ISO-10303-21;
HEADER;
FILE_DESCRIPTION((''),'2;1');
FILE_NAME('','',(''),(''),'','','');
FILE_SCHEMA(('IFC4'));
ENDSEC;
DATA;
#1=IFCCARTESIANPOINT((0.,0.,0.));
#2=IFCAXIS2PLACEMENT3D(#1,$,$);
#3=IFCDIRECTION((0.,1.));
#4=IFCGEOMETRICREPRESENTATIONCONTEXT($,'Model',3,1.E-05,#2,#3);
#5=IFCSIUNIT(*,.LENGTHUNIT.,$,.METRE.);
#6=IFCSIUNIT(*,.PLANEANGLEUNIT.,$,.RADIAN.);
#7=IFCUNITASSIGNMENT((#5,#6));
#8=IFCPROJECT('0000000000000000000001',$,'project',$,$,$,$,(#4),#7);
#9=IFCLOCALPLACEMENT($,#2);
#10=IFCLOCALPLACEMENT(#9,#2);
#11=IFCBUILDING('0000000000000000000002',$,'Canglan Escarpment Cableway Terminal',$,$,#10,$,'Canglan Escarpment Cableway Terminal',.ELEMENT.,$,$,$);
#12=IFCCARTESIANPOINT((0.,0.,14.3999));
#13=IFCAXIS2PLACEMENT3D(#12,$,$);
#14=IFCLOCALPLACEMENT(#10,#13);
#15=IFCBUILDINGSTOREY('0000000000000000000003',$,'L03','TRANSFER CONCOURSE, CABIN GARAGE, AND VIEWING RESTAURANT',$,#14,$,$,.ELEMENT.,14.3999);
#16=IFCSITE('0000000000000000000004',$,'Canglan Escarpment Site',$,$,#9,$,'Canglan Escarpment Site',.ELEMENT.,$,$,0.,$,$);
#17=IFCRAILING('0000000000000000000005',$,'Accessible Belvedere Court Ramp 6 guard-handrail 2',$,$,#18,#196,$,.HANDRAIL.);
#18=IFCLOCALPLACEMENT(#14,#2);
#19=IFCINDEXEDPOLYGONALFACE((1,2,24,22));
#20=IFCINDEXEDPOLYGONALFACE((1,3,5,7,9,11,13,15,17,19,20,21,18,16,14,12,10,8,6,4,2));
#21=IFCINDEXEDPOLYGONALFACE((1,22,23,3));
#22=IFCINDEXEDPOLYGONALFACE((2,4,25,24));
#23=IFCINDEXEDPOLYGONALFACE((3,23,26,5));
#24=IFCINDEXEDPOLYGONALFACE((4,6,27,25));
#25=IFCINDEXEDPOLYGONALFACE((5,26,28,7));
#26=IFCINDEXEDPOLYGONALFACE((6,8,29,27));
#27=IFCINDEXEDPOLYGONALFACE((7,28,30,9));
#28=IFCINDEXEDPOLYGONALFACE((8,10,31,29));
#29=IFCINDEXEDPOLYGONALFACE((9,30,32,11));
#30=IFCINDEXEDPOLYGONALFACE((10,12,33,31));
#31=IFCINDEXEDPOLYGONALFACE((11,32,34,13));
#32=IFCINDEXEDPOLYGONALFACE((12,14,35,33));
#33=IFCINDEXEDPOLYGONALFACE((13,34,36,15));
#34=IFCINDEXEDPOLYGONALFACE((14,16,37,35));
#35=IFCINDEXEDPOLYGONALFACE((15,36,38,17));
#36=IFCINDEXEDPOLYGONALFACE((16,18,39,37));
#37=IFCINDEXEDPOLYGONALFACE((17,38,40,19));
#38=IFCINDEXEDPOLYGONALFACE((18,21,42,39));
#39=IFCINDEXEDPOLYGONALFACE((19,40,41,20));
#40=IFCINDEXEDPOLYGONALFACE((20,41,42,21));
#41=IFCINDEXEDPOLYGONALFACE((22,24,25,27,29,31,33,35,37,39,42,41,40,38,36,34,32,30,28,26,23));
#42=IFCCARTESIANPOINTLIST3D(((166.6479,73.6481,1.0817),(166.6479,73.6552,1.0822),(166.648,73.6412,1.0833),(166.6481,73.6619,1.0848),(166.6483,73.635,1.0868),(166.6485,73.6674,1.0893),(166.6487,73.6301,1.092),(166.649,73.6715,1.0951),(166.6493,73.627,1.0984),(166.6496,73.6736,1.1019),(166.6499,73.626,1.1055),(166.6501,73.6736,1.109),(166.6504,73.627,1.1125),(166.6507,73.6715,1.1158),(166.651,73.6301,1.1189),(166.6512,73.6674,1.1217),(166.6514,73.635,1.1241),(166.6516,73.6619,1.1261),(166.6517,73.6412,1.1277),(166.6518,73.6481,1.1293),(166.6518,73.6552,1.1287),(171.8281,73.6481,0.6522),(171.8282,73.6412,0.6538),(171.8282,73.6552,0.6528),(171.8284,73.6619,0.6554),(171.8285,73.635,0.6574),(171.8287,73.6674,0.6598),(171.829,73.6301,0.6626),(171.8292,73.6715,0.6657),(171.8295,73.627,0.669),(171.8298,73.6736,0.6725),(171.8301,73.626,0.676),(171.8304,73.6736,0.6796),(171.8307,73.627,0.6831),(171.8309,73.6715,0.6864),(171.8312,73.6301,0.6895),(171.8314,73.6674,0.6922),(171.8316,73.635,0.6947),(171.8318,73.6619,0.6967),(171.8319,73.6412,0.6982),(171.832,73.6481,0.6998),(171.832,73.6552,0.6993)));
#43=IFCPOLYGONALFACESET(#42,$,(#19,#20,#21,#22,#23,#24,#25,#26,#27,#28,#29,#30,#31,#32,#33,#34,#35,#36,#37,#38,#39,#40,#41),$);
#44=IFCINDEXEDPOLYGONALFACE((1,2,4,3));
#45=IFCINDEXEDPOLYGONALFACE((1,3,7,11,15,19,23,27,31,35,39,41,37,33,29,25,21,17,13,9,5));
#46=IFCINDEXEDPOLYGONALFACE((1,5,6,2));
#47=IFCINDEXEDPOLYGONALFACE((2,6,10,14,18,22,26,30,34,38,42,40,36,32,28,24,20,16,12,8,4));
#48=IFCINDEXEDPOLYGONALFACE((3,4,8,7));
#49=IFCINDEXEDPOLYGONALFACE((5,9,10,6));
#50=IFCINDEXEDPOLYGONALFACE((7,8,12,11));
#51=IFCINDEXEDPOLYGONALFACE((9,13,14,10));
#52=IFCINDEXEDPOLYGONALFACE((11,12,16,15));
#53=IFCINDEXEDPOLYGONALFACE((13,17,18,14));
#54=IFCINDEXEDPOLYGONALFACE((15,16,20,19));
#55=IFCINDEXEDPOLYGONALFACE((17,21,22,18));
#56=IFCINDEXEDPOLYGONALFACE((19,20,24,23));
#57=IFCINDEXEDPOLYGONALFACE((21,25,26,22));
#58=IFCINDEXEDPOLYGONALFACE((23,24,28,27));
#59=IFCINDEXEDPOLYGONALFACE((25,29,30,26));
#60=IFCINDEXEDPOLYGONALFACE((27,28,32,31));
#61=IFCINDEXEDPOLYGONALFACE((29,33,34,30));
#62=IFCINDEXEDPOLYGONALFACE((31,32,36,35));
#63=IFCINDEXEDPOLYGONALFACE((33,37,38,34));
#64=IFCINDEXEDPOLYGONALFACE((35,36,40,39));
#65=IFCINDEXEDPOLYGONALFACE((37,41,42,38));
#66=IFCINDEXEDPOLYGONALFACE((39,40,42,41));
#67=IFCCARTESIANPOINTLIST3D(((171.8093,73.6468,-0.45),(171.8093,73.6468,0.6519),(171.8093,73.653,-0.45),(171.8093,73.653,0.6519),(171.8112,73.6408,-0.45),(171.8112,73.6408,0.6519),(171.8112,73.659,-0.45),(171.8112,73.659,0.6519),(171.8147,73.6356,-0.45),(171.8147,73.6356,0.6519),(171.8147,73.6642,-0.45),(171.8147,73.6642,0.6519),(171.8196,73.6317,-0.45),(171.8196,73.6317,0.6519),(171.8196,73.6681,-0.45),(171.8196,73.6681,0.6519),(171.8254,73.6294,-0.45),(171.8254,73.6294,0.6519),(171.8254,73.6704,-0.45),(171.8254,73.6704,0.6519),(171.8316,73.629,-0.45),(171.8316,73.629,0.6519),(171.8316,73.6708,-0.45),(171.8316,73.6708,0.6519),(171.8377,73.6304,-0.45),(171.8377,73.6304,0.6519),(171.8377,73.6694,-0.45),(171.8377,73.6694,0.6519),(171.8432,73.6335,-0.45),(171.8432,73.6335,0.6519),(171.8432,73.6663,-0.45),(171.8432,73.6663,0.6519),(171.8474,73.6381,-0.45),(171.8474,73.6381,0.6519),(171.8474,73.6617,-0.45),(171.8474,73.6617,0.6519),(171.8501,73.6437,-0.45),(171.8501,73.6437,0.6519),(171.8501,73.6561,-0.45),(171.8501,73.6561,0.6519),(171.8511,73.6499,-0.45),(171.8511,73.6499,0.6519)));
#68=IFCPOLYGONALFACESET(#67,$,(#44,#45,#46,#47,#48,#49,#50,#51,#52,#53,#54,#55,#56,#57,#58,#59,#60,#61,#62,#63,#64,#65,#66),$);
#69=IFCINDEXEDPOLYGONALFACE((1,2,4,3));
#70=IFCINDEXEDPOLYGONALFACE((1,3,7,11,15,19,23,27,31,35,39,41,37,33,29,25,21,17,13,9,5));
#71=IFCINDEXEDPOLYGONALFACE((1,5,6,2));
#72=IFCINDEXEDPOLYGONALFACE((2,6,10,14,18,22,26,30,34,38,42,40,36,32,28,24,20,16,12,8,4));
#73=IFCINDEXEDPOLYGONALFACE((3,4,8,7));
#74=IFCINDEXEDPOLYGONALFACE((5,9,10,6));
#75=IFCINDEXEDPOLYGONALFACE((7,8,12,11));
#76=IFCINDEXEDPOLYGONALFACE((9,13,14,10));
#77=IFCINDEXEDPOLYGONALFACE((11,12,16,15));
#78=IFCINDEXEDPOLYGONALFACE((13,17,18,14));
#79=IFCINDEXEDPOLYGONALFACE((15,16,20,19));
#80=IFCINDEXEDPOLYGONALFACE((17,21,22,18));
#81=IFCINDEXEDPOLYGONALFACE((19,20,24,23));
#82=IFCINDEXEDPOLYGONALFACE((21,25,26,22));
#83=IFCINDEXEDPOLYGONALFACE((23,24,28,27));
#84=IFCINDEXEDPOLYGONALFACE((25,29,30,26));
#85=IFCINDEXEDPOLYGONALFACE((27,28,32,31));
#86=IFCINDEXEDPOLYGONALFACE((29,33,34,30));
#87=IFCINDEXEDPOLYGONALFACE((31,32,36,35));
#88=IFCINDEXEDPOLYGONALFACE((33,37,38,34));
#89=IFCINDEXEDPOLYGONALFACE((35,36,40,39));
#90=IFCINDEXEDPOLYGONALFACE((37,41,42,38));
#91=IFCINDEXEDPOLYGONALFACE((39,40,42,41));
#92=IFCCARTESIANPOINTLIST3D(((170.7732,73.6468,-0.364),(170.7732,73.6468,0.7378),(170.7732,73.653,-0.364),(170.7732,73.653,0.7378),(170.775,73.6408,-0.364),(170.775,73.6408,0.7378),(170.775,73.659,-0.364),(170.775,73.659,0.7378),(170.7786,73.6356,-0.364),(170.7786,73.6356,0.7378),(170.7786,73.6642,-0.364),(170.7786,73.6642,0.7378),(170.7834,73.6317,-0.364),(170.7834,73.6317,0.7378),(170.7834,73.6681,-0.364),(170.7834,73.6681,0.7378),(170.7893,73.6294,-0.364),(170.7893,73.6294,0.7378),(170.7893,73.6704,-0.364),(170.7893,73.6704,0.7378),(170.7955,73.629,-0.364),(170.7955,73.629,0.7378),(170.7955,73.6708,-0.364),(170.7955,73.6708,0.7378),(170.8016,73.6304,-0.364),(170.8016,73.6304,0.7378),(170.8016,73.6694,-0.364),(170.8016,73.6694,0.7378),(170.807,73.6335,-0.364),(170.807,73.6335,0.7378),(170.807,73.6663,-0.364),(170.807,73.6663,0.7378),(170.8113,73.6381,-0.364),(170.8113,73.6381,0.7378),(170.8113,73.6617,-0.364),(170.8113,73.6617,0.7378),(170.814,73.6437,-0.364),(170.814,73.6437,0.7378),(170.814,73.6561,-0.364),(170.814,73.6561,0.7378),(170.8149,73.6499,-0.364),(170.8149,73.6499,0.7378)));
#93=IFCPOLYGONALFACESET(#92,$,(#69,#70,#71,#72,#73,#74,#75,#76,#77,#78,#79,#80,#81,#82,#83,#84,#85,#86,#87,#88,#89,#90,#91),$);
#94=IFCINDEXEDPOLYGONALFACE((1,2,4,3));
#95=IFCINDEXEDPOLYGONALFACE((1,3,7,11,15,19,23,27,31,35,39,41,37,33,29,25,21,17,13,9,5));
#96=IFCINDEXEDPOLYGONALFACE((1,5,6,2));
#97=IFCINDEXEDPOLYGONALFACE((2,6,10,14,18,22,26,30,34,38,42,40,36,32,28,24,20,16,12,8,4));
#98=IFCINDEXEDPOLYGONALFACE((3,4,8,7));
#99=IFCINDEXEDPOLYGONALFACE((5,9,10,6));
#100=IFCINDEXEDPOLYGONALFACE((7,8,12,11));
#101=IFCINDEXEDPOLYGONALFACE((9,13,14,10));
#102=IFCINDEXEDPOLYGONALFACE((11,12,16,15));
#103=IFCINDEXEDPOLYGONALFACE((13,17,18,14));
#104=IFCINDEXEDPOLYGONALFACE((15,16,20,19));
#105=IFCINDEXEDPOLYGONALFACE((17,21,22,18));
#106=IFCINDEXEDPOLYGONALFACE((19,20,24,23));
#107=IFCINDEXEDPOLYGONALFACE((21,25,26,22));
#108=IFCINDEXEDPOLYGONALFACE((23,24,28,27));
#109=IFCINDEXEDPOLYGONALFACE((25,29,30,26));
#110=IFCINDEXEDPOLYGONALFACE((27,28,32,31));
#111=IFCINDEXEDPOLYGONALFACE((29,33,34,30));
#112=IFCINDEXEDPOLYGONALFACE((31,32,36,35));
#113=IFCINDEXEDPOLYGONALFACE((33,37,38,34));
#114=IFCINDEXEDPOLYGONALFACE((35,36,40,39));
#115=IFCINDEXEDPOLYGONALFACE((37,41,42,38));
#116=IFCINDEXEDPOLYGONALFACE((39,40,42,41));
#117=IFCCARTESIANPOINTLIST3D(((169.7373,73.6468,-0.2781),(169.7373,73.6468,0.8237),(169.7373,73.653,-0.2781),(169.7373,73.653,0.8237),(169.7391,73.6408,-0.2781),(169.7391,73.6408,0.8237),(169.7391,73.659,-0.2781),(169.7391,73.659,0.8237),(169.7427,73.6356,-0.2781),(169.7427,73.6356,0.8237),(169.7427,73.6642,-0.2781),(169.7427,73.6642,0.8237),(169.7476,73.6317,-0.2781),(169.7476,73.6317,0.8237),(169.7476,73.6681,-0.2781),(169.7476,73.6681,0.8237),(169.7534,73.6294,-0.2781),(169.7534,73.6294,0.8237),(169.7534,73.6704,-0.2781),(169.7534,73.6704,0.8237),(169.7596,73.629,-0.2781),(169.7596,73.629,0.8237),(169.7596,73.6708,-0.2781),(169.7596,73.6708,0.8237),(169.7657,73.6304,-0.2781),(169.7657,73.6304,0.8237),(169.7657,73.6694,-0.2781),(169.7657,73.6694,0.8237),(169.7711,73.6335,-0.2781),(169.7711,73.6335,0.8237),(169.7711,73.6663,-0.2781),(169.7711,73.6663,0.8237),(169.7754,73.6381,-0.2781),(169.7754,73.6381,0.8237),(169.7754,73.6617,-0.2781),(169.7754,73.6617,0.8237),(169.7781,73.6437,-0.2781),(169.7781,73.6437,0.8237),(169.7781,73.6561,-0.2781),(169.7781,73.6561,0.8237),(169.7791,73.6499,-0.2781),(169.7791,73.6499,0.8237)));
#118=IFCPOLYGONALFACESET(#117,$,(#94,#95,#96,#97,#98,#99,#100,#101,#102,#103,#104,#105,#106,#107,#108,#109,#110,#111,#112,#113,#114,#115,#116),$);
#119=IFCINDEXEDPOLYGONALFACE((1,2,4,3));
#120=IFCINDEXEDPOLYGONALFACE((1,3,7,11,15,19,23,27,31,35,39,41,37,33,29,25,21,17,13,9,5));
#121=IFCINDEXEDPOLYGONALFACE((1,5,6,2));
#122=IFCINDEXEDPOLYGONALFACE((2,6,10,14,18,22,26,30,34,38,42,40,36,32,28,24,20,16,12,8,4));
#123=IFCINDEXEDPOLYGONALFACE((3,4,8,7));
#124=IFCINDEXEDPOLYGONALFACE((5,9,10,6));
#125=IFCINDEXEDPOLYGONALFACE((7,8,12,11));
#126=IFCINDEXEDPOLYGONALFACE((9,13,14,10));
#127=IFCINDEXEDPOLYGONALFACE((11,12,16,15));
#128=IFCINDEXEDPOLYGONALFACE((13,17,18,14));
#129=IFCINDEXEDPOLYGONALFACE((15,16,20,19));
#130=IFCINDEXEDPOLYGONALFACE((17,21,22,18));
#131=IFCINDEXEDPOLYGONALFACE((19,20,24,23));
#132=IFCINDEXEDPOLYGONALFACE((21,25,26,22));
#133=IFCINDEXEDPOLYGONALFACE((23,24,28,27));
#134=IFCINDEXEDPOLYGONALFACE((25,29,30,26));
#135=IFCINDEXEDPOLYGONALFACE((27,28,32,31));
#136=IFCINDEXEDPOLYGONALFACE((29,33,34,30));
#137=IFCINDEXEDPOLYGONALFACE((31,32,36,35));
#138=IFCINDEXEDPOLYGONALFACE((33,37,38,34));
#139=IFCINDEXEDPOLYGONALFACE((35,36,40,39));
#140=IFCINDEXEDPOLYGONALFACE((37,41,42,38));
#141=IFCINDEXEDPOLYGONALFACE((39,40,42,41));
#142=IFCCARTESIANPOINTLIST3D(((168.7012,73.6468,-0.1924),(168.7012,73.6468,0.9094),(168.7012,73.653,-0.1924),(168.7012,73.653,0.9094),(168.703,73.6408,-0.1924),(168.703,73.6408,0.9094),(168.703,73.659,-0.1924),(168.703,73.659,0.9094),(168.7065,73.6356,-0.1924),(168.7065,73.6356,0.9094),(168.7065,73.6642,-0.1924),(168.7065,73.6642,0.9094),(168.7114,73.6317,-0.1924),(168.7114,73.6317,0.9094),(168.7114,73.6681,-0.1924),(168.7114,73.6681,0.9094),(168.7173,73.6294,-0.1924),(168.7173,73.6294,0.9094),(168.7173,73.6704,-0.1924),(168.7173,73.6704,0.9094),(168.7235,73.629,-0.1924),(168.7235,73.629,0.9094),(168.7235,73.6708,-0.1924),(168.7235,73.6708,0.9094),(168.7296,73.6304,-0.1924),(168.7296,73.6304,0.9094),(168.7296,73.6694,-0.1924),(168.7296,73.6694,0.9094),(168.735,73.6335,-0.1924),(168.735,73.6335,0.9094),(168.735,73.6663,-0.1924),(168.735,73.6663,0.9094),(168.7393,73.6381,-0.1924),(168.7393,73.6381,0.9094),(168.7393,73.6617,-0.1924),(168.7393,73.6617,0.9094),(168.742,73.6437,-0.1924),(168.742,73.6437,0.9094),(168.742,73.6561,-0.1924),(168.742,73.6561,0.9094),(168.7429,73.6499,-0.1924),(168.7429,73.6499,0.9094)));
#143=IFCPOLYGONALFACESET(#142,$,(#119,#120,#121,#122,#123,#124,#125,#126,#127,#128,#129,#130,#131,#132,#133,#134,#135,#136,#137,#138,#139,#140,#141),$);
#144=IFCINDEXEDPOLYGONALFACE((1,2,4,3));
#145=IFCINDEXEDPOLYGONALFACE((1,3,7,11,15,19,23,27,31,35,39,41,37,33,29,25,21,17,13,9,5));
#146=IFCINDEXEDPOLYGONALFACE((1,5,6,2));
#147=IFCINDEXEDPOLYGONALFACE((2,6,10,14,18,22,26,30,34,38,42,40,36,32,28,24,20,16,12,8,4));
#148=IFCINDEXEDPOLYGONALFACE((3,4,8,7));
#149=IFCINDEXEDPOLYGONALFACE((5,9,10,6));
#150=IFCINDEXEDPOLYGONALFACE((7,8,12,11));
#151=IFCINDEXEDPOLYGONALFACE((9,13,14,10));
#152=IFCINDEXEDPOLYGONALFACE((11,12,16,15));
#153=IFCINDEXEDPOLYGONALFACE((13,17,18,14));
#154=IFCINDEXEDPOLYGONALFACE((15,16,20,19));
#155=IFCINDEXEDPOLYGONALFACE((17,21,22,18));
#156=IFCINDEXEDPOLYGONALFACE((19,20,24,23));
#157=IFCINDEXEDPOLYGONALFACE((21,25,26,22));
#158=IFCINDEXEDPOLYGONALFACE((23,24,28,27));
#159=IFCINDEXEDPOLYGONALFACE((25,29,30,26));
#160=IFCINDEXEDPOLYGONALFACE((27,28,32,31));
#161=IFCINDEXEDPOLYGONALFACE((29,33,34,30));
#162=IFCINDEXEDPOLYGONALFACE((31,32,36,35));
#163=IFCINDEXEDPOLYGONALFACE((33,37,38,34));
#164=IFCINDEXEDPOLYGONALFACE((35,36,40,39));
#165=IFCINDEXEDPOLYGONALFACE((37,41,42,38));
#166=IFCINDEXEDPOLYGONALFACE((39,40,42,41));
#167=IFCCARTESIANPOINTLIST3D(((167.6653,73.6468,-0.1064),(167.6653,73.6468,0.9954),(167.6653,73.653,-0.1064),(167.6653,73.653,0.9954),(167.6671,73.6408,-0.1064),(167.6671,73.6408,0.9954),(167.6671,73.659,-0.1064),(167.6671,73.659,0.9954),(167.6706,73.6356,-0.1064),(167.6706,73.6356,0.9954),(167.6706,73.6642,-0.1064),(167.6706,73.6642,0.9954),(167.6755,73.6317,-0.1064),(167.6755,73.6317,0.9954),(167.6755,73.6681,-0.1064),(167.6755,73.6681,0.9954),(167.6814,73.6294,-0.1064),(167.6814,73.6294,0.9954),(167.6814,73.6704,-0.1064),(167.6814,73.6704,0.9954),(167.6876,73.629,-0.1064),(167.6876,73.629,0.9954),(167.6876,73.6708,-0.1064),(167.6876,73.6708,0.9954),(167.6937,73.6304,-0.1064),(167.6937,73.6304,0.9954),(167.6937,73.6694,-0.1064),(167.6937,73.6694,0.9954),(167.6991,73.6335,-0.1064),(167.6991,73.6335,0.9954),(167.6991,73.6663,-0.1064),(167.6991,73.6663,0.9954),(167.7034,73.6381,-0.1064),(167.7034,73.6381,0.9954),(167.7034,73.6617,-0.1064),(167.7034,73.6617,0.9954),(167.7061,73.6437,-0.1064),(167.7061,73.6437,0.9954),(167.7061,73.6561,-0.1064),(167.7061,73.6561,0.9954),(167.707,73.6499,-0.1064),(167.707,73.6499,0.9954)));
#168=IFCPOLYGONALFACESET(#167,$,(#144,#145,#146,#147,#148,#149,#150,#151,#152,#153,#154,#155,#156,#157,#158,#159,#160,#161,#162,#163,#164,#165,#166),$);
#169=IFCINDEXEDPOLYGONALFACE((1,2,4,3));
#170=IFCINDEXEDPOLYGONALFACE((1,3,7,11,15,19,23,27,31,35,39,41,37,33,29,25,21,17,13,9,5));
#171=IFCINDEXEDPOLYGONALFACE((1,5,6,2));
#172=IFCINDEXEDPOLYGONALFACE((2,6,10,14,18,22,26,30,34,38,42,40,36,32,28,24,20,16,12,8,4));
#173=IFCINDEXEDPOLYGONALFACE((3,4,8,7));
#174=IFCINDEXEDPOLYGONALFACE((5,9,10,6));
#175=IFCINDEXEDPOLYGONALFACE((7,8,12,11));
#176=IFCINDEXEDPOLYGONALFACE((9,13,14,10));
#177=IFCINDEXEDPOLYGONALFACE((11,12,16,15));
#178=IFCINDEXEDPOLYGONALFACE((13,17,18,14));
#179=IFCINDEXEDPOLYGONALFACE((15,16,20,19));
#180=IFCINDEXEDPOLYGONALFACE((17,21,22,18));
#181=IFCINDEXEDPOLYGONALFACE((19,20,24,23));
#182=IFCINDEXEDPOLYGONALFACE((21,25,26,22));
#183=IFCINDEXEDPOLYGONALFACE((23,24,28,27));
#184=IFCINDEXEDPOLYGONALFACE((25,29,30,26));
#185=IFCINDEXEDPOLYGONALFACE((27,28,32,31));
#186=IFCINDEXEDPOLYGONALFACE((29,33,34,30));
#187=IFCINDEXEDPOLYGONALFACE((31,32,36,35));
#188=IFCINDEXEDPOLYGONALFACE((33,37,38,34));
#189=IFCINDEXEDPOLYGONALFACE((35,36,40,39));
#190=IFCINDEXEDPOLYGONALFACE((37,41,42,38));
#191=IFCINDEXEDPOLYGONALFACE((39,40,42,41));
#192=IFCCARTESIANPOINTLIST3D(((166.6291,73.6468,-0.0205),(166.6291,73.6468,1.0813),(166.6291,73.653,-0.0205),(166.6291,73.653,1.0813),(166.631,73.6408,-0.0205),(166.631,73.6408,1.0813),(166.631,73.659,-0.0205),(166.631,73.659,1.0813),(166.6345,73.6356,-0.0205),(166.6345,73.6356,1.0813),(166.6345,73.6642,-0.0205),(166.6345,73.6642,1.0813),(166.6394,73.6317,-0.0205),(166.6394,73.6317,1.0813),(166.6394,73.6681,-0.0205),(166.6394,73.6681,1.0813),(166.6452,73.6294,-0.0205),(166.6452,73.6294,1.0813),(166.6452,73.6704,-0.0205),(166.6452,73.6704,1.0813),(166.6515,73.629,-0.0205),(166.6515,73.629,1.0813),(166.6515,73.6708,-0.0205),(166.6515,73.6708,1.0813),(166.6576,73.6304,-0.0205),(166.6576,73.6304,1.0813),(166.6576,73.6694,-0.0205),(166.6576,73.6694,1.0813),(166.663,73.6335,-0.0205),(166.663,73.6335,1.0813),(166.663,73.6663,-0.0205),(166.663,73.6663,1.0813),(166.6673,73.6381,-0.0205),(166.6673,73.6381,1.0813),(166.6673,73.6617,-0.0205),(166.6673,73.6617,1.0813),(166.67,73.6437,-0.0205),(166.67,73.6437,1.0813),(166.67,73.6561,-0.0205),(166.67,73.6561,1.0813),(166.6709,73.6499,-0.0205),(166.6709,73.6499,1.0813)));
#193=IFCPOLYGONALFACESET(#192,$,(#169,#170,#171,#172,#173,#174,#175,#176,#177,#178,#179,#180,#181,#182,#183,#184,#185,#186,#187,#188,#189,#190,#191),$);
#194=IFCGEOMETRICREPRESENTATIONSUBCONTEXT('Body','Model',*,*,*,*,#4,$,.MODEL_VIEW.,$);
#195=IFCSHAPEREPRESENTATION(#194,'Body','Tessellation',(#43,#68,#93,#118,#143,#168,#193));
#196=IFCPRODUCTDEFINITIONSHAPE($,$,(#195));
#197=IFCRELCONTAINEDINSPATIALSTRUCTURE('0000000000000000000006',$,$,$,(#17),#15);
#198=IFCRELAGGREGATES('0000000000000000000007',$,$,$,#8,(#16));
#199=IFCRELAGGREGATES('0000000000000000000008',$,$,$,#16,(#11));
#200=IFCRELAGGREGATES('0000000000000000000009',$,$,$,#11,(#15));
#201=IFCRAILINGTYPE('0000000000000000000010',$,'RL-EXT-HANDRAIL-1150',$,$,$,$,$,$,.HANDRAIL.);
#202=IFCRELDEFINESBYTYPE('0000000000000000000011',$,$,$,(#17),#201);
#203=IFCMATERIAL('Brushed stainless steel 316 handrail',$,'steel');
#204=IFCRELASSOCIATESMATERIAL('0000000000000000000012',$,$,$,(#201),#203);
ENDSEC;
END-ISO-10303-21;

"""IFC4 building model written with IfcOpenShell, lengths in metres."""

from ifc_helpers import new_model, si_unit, direction, frame, origin, origin_2d, place, context, subcontext, project, spatial, circle, extrude, material, type_object, element, save


model = new_model("IFC4")

# Units and contexts
model_context = context("Model", 3, precision=1e-05, world=origin(), true_north=direction((0.0, 1.0)))
body_context = subcontext(model_context, "Body", "Model", "MODEL_VIEW")
ifc_project = project(units=[si_unit("LENGTHUNIT", "METRE"), si_unit("PLANEANGLEUNIT", "RADIAN")], contexts=[model_context])

# Site, building, storey
site_placement = place(None, origin())
site = spatial("IfcSite", under=ifc_project, at=site_placement, Name="Canglan Escarpment Site", LongName="Canglan Escarpment Site", CompositionType="ELEMENT", RefElevation=0.0)
building_placement = place(site_placement, origin())
building = spatial("IfcBuilding", under=site, at=building_placement, Name="Canglan Escarpment Cableway Terminal", LongName="Canglan Escarpment Cableway Terminal", CompositionType="ELEMENT")
storey_placement = place(building_placement, frame((0.0, 0.0, 14.3999)))
storey = spatial("IfcBuildingStorey", under=building, at=storey_placement, Name="L03", Description="TRANSFER CONCOURSE, CABIN GARAGE, AND VIEWING RESTAURANT", CompositionType="ELEMENT", Elevation=14.3999)

# Railing
ifc_material_1 = material(Name="Brushed stainless steel 316 handrail", Category="steel")
railing_type_1 = type_object("IfcRailingType", Name="RL-EXT-HANDRAIL-1150", PredefinedType="HANDRAIL", material=ifc_material_1)
for number, where, name in (
    (1, (171.8301, 73.6499, -0.45), "Accessible Belvedere Court Ramp 6 guard-handrail 2"),
):
    element("IfcRailing", number, at=place(storey_placement, frame(where)), inside=storey, type_object=railing_type_1, Name=name, PredefinedType="HANDRAIL", context=body_context, shape_type="SweptSolid", body=[
        extrude(circle(Radius=0.0239, at=origin_2d()), frame((0.0, 0.0, 1.126), z_axis=(-0.996581, 0.0, 0.082618), x_axis=(0.0, -1.0, 0.0)), (0.0, 0.0, 1.0), 5.198),
        extrude(circle(Radius=0.021, at=origin_2d()), origin(), (0.0, 0.0, 1.0), 1.1018),
        extrude(circle(Radius=0.021, at=origin_2d()), frame((-1.0361, 0.0, 0.0859)), (0.0, 0.0, 1.0), 1.1018),
        extrude(circle(Radius=0.021, at=origin_2d()), frame((-2.072, 0.0, 0.1719)), (0.0, 0.0, 1.0), 1.1018),
        extrude(circle(Radius=0.021, at=origin_2d()), frame((-3.1082, 0.0, 0.2576)), (0.0, 0.0, 1.0), 1.1018),
        extrude(circle(Radius=0.021, at=origin_2d()), frame((-4.144, 0.0, 0.3435)), (0.0, 0.0, 1.0), 1.1018),
        extrude(circle(Radius=0.021, at=origin_2d()), frame((-5.1802, 0.0, 0.4294)), (0.0, 0.0, 1.0), 1.1018),
    ])

save(model, "model.ifc")
